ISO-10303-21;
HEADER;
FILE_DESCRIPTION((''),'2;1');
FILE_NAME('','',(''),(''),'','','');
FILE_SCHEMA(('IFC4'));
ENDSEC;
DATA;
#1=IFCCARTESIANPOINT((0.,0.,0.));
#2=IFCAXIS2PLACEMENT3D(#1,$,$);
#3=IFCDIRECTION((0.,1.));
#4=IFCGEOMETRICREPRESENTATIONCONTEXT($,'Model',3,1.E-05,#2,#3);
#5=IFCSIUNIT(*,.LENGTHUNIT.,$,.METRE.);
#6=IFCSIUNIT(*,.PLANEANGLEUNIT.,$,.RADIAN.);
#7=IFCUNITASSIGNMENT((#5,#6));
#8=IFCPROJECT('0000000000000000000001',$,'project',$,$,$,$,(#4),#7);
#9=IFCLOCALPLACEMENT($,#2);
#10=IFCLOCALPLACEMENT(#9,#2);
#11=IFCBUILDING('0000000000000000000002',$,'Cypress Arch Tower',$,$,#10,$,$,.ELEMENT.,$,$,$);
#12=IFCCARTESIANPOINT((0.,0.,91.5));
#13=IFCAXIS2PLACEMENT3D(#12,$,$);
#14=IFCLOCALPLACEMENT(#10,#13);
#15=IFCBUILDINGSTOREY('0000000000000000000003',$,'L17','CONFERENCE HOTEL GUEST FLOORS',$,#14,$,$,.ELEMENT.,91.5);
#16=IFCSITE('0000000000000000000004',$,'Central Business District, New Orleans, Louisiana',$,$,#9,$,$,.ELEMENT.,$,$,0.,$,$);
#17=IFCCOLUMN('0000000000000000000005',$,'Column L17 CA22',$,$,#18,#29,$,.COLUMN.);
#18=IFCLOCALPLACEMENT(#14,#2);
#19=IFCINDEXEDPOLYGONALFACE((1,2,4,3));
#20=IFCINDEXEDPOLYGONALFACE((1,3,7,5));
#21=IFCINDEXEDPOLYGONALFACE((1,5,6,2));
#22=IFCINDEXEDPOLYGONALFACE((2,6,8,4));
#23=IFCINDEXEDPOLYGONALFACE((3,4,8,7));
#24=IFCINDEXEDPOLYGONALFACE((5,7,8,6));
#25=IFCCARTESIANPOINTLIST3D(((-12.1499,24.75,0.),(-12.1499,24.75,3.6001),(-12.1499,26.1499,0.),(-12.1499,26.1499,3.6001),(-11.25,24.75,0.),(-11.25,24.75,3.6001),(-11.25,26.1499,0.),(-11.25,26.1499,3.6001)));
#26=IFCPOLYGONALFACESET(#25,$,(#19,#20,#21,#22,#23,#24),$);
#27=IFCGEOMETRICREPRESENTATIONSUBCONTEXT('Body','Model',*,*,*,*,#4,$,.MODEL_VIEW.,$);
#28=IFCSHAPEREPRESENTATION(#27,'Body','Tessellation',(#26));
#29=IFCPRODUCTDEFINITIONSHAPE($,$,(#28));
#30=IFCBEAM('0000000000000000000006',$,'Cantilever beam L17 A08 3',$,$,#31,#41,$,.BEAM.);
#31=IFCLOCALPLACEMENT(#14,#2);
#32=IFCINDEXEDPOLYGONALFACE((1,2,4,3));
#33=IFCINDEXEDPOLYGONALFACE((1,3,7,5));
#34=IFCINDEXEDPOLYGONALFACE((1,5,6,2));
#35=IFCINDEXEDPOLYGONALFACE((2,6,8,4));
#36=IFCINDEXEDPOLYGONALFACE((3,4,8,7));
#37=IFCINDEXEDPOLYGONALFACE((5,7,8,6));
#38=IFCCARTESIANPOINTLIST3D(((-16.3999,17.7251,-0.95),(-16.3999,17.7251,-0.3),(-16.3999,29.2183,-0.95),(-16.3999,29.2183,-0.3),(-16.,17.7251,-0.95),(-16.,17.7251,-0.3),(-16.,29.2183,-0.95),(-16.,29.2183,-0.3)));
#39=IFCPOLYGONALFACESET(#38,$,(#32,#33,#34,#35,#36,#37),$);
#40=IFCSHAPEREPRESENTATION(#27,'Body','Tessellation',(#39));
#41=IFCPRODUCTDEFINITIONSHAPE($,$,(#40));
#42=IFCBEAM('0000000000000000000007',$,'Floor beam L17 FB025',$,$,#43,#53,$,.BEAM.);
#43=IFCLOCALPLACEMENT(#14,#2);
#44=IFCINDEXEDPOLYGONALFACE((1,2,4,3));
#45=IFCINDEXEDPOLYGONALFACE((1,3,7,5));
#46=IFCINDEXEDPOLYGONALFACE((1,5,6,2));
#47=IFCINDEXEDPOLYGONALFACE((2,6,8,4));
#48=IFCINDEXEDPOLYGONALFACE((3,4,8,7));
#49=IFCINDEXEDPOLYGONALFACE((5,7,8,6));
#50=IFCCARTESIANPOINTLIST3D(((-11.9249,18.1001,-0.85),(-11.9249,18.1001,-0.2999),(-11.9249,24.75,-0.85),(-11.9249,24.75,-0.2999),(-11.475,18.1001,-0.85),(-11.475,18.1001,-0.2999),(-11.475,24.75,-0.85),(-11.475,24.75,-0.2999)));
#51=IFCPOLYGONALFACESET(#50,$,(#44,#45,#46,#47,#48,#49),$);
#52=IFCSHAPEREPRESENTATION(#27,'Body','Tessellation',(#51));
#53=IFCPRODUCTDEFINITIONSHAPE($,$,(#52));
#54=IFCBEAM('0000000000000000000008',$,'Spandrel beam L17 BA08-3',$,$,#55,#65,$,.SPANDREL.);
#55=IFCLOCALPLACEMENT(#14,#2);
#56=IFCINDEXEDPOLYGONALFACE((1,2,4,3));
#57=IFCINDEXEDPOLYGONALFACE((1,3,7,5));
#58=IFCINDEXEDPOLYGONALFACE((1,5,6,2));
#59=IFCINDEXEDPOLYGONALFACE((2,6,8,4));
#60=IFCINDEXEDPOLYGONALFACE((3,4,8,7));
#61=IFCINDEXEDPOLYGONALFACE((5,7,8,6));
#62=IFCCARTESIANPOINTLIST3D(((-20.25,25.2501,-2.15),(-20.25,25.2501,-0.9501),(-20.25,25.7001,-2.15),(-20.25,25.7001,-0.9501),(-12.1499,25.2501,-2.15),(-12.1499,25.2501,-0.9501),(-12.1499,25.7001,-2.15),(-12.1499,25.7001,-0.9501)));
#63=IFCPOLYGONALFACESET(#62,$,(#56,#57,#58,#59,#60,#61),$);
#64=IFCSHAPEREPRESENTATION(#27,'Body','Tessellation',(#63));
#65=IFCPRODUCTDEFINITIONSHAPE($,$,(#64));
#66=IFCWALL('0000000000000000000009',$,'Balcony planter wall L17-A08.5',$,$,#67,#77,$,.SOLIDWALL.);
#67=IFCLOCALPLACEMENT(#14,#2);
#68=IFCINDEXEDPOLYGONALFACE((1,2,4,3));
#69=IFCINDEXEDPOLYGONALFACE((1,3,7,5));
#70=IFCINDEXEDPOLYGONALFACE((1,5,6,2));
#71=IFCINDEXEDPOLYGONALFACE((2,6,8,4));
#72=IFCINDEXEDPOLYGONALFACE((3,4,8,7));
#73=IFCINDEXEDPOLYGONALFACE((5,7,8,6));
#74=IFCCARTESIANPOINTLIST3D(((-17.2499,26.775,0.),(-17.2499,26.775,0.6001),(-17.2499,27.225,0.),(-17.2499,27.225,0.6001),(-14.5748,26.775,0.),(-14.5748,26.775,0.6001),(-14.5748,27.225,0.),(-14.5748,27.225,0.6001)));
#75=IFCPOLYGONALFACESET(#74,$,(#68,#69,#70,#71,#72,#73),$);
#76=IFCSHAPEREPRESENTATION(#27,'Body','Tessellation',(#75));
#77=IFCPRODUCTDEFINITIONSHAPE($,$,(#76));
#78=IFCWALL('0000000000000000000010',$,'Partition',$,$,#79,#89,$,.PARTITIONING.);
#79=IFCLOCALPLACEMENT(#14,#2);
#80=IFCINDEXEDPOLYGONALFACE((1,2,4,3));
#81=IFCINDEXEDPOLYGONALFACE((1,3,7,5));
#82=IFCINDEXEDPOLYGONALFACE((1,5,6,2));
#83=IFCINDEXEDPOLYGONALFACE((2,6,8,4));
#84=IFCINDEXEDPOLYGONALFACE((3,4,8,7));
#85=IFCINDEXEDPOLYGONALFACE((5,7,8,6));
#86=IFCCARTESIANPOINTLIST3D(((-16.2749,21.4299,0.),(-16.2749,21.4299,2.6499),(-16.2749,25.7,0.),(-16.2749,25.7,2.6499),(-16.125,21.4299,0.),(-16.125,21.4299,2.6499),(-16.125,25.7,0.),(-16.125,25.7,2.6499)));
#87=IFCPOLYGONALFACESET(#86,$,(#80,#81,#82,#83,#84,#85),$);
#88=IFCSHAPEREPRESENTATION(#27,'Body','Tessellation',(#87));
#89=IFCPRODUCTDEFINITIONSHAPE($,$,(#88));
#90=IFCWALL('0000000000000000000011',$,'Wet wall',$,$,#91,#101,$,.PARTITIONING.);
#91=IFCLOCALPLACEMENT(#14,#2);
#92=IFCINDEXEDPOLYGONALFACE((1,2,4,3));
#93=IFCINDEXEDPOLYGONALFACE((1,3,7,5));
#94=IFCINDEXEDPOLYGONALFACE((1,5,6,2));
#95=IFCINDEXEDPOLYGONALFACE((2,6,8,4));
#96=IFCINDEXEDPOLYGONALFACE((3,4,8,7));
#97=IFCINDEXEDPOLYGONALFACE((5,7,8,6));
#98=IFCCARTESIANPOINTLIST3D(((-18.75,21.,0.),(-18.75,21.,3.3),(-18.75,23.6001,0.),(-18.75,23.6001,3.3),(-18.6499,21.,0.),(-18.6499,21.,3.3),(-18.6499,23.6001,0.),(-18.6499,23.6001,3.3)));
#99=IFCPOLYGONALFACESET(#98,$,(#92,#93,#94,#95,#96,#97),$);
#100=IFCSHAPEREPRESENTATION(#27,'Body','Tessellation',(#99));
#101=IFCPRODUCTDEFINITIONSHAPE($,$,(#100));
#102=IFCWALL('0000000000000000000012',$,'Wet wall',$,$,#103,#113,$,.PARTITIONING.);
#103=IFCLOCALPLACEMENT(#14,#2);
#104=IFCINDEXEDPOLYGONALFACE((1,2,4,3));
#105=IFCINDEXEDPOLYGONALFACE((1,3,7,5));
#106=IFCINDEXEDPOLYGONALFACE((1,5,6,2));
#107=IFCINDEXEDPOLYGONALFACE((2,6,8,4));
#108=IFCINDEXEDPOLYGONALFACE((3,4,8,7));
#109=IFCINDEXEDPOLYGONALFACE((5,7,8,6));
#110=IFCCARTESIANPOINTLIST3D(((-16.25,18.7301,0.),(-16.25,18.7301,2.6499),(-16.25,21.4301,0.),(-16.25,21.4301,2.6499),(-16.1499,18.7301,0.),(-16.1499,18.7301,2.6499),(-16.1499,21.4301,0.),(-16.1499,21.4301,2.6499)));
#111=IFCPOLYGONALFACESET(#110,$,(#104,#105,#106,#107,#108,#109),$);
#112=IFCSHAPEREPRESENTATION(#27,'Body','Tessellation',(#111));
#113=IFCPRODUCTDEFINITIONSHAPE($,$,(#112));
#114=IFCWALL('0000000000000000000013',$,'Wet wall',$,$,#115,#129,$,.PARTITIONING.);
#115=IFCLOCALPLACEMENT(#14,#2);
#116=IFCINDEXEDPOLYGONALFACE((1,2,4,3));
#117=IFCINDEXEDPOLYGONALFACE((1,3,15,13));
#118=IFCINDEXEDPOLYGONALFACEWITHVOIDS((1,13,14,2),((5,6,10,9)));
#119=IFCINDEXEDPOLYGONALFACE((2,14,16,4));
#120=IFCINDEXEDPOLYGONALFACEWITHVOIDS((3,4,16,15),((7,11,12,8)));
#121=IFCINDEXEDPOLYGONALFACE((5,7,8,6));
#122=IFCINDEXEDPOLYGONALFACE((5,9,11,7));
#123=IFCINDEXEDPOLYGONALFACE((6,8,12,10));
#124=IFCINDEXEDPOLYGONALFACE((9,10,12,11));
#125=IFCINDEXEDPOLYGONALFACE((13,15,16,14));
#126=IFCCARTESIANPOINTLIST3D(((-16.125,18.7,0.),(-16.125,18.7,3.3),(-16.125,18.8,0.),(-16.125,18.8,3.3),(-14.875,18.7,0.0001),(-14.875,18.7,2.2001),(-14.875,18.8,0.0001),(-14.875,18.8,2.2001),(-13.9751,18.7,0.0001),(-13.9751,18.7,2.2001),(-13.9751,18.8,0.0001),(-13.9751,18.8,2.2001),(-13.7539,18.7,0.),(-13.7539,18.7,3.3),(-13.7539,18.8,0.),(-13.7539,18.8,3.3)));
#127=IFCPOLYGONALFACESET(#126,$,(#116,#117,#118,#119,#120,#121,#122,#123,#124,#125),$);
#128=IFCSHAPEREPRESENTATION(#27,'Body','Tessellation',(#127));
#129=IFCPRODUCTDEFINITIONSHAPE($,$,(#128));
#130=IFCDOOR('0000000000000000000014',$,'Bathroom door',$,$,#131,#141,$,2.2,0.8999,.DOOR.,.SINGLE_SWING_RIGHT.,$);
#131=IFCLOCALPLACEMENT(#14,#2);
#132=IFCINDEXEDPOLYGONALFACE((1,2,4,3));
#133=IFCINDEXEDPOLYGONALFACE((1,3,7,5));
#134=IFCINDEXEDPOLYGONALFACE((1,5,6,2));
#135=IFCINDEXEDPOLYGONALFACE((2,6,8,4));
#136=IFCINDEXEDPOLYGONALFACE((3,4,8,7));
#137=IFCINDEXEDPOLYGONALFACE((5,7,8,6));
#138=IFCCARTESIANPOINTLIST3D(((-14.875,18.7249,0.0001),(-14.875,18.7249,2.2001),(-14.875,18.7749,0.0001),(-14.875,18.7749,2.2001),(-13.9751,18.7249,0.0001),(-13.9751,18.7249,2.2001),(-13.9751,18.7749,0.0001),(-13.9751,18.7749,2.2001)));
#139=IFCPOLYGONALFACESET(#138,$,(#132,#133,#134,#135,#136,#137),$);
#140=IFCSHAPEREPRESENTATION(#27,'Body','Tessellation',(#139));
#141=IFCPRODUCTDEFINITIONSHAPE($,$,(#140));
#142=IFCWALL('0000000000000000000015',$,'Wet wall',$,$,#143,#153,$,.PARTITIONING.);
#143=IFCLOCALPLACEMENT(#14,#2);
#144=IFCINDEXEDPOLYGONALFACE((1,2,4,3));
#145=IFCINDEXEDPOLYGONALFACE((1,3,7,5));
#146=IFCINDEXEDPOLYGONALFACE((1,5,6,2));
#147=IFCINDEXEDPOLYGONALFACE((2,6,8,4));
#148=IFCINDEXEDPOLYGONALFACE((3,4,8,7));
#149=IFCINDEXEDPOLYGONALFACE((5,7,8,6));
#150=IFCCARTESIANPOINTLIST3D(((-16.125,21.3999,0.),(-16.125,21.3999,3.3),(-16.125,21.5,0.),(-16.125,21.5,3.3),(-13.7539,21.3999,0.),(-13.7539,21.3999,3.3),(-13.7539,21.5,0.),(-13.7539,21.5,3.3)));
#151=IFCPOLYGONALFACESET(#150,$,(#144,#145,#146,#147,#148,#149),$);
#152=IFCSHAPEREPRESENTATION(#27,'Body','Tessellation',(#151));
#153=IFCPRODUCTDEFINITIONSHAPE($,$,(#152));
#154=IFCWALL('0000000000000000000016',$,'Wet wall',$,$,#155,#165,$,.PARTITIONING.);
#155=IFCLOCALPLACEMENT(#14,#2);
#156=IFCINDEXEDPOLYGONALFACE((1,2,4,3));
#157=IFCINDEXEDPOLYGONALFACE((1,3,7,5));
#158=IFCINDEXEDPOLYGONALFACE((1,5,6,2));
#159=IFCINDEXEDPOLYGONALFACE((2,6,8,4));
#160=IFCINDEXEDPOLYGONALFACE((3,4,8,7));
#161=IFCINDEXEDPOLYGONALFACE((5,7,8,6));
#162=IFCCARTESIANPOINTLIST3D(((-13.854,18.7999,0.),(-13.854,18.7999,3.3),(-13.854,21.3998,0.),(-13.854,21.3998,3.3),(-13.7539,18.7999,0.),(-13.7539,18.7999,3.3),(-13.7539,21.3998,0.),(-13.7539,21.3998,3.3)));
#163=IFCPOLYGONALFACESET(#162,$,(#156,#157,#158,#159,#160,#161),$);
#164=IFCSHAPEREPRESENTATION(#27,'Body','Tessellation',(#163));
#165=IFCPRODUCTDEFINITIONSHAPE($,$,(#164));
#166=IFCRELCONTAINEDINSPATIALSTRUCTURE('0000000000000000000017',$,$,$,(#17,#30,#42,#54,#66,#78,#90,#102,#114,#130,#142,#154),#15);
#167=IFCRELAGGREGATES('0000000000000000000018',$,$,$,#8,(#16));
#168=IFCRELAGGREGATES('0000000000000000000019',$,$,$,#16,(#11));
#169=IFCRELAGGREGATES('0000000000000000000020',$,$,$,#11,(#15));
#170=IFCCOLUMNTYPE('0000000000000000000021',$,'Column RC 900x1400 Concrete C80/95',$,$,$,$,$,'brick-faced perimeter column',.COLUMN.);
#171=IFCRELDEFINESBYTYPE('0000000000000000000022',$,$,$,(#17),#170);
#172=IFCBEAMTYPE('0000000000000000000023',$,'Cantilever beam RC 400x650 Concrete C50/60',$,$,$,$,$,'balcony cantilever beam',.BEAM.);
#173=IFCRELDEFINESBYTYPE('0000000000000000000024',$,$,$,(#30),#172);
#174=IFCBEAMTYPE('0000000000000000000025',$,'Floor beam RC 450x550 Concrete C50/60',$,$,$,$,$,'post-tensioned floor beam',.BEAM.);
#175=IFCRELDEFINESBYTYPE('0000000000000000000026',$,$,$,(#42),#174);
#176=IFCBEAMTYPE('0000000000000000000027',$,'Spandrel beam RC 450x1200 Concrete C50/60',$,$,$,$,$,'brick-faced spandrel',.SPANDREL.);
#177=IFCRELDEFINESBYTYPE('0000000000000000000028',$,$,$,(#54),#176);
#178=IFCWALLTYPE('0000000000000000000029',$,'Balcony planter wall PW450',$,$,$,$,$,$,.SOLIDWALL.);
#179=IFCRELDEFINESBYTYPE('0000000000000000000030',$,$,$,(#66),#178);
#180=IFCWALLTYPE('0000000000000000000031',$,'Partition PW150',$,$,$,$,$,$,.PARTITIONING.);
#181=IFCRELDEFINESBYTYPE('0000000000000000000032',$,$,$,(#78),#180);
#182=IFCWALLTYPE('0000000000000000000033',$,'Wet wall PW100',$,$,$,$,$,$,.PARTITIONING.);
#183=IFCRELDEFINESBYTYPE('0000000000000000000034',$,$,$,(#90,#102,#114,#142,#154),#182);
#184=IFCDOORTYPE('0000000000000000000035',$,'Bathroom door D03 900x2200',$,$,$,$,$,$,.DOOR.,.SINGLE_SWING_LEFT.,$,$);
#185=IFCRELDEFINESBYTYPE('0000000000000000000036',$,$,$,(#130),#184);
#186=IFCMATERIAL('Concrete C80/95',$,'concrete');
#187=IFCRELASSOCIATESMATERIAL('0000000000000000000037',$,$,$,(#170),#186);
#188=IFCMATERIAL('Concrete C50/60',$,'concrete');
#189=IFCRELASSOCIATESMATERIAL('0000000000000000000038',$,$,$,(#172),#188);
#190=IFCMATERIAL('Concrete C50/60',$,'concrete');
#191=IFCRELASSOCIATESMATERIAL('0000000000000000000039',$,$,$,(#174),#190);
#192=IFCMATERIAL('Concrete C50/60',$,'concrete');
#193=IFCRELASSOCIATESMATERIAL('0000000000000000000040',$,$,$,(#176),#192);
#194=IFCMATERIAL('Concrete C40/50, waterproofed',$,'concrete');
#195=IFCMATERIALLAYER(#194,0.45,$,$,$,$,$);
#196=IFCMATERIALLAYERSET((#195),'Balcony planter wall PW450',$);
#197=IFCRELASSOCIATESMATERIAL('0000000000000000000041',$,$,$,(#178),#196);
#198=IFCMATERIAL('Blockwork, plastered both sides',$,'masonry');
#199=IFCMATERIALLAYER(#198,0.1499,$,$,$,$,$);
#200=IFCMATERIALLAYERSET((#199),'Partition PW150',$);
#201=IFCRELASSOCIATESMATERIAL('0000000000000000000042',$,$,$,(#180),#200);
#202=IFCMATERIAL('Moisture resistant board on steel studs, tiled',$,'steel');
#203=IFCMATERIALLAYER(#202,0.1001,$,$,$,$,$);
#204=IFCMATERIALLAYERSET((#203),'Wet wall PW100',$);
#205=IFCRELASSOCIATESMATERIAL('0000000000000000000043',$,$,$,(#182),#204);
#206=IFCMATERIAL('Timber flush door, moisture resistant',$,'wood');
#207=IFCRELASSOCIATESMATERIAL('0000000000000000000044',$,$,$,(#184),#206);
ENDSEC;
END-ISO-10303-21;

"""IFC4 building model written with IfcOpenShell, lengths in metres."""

from ifc_helpers import new_model, si_unit, direction, frame, frame_2d, origin, origin_2d, place, context, subcontext, project, spatial, rectangle, extrude, material, layer, layer_set, material_profile, profile_set, type_object, element, fill, save


model = new_model("IFC4")

# Units and contexts
model_context = context("Model", 3, precision=1e-05, world=origin(), true_north=direction((0.0, 1.0)))
body_context = subcontext(model_context, "Body", "Model", "MODEL_VIEW")
ifc_project = project(units=[si_unit("LENGTHUNIT", "METRE"), si_unit("PLANEANGLEUNIT", "RADIAN")], contexts=[model_context])

# Site, building, storey
site_placement = place(None, origin())
site = spatial("IfcSite", under=ifc_project, at=site_placement, Name="Central Business District, New Orleans, Louisiana", CompositionType="ELEMENT", RefElevation=0.0)
building_placement = place(site_placement, origin())
building = spatial("IfcBuilding", under=site, at=building_placement, Name="Cypress Arch Tower", CompositionType="ELEMENT")
storey_placement = place(building_placement, frame((0.0, 0.0, 91.5)))
storey = spatial("IfcBuildingStorey", under=building, at=storey_placement, Name="L17", Description="CONFERENCE HOTEL GUEST FLOORS", CompositionType="ELEMENT", Elevation=91.5)

# Column
ifc_material_1 = material(Name="Concrete C80/95", Category="concrete")
ifc_material_profile_1 = material_profile(ifc_material_1, rectangle(XDim=0.8999, YDim=1.3999, at=origin_2d()), Name="RC 900x1400")
ifc_profile_set_1 = profile_set([ifc_material_profile_1], Name="Concrete C80/95")
column_type = type_object("IfcColumnType", Name="Column RC 900x1400 Concrete C80/95", ElementType="brick-faced perimeter column", PredefinedType="COLUMN", material=ifc_profile_set_1)
column_placement = place(storey_placement, frame((-11.7, 25.45, 0.0), z_axis=(0.0, 0.0, 1.0), x_axis=(-1.0, 0.0, 0.0)))
element("IfcColumn", 1, at=column_placement, inside=storey, type_object=column_type, Name="Column L17 CA22", PredefinedType="COLUMN", context=body_context, shape_type="SweptSolid", body=[
    extrude(rectangle(XDim=0.8999, YDim=1.3999, at=origin_2d()), origin(), (0.0, 0.0, 1.0), 3.6001),
])

# Beams
ifc_material_2 = material(Name="Concrete C50/60", Category="concrete")
ifc_material_profile_2 = material_profile(ifc_material_2, rectangle(XDim=0.3999, YDim=0.6499, at=origin_2d()), Name="RC 400x650")
ifc_profile_set_2 = profile_set([ifc_material_profile_2], Name="Concrete C50/60")
beam_type_1 = type_object("IfcBeamType", Name="Cantilever beam RC 400x650 Concrete C50/60", ElementType="balcony cantilever beam", PredefinedType="BEAM", material=ifc_profile_set_2)
beam_1_placement = place(storey_placement, frame((-16.2, 17.7251, -0.625), z_axis=(0.0, 1.0, 0.0), x_axis=(-1.0, 0.0, 0.0)))
element("IfcBeam", 2, at=beam_1_placement, inside=storey, type_object=beam_type_1, Name="Cantilever beam L17 A08 3", PredefinedType="BEAM", context=body_context, shape_type="SweptSolid", body=[
    extrude(rectangle(XDim=0.3999, YDim=0.6499, at=origin_2d()), origin(), (0.0, 0.0, 1.0), 11.4932),
])
ifc_material_3 = material(Name="Concrete C50/60", Category="concrete")
ifc_material_profile_3 = material_profile(ifc_material_3, rectangle(XDim=0.45, YDim=0.55, at=origin_2d()), Name="RC 450x550")
ifc_profile_set_3 = profile_set([ifc_material_profile_3], Name="Concrete C50/60")
beam_type_2 = type_object("IfcBeamType", Name="Floor beam RC 450x550 Concrete C50/60", ElementType="post-tensioned floor beam", PredefinedType="BEAM", material=ifc_profile_set_3)
beam_2_placement = place(storey_placement, frame((-11.7, 18.1001, -0.575), z_axis=(0.0, 1.0, 0.0), x_axis=(-1.0, 0.0, 0.0)))
element("IfcBeam", 3, at=beam_2_placement, inside=storey, type_object=beam_type_2, Name="Floor beam L17 FB025", PredefinedType="BEAM", context=body_context, shape_type="SweptSolid", body=[
    extrude(rectangle(XDim=0.45, YDim=0.55, at=origin_2d()), origin(), (0.0, 0.0, 1.0), 6.6499),
])
ifc_material_4 = material(Name="Concrete C50/60", Category="concrete")
ifc_material_profile_4 = material_profile(ifc_material_4, rectangle(XDim=0.45, YDim=1.2, at=origin_2d()), Name="RC 450x1200")
ifc_profile_set_4 = profile_set([ifc_material_profile_4], Name="Concrete C50/60")
beam_type_3 = type_object("IfcBeamType", Name="Spandrel beam RC 450x1200 Concrete C50/60", ElementType="brick-faced spandrel", PredefinedType="SPANDREL", material=ifc_profile_set_4)
beam_3_placement = place(storey_placement, frame((-12.1499, 25.4751, -1.55), z_axis=(-1.0, 0.0, 0.0), x_axis=(0.0, -1.0, 0.0)))
element("IfcBeam", 4, at=beam_3_placement, inside=storey, type_object=beam_type_3, Name="Spandrel beam L17 BA08-3", PredefinedType="SPANDREL", context=body_context, shape_type="SweptSolid", body=[
    extrude(rectangle(XDim=0.45, YDim=1.2, at=origin_2d()), origin(), (0.0, 0.0, 1.0), 8.1001),
])

# Wall
ifc_material_5 = material(Name="Concrete C40/50, waterproofed", Category="concrete")
ifc_layer_1 = layer(ifc_material_5, 0.45)
ifc_layer_set_1 = layer_set([ifc_layer_1], Name="Balcony planter wall PW450")
wall_type_1 = type_object("IfcWallType", Name="Balcony planter wall PW450", PredefinedType="SOLIDWALL", material=ifc_layer_set_1)
wall_1_placement = place(storey_placement, frame((-14.575, 27.0, 0.0), z_axis=(0.0, 0.0, 1.0), x_axis=(-1.0, 0.0, 0.0)))
element("IfcWall", 5, at=wall_1_placement, inside=storey, type_object=wall_type_1, Name="Balcony planter wall L17-A08.5", PredefinedType="SOLIDWALL", context=body_context, shape_type="SweptSolid", body=[
    extrude(rectangle(XDim=2.675, YDim=0.45, at=frame_2d((1.3374, 0.0))), origin(), (0.0, 0.0, 1.0), 0.6001),
])

# Walls
ifc_material_6 = material(Name="Blockwork, plastered both sides", Category="masonry")
ifc_layer_2 = layer(ifc_material_6, 0.1499)
ifc_layer_set_2 = layer_set([ifc_layer_2], Name="Partition PW150")
wall_type_2 = type_object("IfcWallType", Name="Partition PW150", PredefinedType="PARTITIONING", material=ifc_layer_set_2)
wall_2_placement = place(storey_placement, frame((-16.2, 21.4299, 0.0), z_axis=(0.0, 0.0, 1.0), x_axis=(0.0, 1.0, 0.0)))
element("IfcWall", 6, at=wall_2_placement, inside=storey, type_object=wall_type_2, Name="Partition", PredefinedType="PARTITIONING", context=body_context, shape_type="SweptSolid", body=[
    extrude(rectangle(XDim=4.27, YDim=0.1499, at=frame_2d((2.135, 0.0))), origin(), (0.0, 0.0, 1.0), 2.6499),
])
ifc_material_7 = material(Name="Moisture resistant board on steel studs, tiled", Category="steel")
ifc_layer_3 = layer(ifc_material_7, 0.1001)
ifc_layer_set_3 = layer_set([ifc_layer_3], Name="Wet wall PW100")
wall_type_3 = type_object("IfcWallType", Name="Wet wall PW100", PredefinedType="PARTITIONING", material=ifc_layer_set_3)
wall_3_placement = place(storey_placement, frame((-18.7, 21.0, 0.0), z_axis=(0.0, 0.0, 1.0), x_axis=(0.0, 1.0, 0.0)))
element("IfcWall", 7, at=wall_3_placement, inside=storey, type_object=wall_type_3, Name="Wet wall", PredefinedType="PARTITIONING", context=body_context, shape_type="SweptSolid", body=[
    extrude(rectangle(XDim=2.6001, YDim=0.1001, at=frame_2d((1.3, 0.0))), origin(), (0.0, 0.0, 1.0), 3.3),
])
wall_4_placement = place(storey_placement, frame((-16.2, 18.73, 0.0), z_axis=(0.0, 0.0, 1.0), x_axis=(0.0, 1.0, 0.0)))
element("IfcWall", 8, at=wall_4_placement, inside=storey, type_object=wall_type_3, Name="Wet wall", PredefinedType="PARTITIONING", context=body_context, shape_type="SweptSolid", body=[
    extrude(rectangle(XDim=2.7, YDim=0.1001, at=frame_2d((1.3501, 0.0))), origin(), (0.0, 0.0, 1.0), 2.6499),
])

# Wall, opening, door
wall_5_placement = place(storey_placement, frame((-16.125, 18.75, 0.0), z_axis=(0.0, 0.0, 1.0), x_axis=(1.0, 0.0, 0.0)))
wall_5 = element("IfcWall", 9, at=wall_5_placement, inside=storey, type_object=wall_type_3, Name="Wet wall", PredefinedType="PARTITIONING", context=body_context, shape_type="SweptSolid", body=[
    extrude(rectangle(XDim=2.3711, YDim=0.1001, at=frame_2d((1.1855, 0.0))), origin(), (0.0, 0.0, 1.0), 3.3),
])
opening_1_placement = place(wall_5_placement, frame((1.25, 0.0, 0.0)))
opening_1 = element("IfcOpeningElement", 10, at=opening_1_placement, cuts=wall_5, PredefinedType="OPENING", context=body_context, shape_type="SweptSolid", body=[
    extrude(rectangle(XDim=0.8999, YDim=2.2, at=frame_2d((0.45, 1.1001))), frame((0.0, 0.0601, 0.0), z_axis=(0.0, -1.0, 0.0), x_axis=(1.0, 0.0, 0.0)), (0.0, 0.0, 1.0), 0.1201),
])
ifc_material_8 = material(Name="Timber flush door, moisture resistant", Category="wood")
door_type_1 = type_object("IfcDoorType", Name="Bathroom door D03 900x2200", OperationType="SINGLE_SWING_LEFT", PredefinedType="DOOR", material=ifc_material_8)
door_1_placement = place(opening_1_placement, origin())
door_1 = element("IfcDoor", 11, at=door_1_placement, inside=storey, type_object=door_type_1, Name="Bathroom door", OperationType="SINGLE_SWING_RIGHT", OverallHeight=2.2, OverallWidth=0.8999, PredefinedType="DOOR", context=body_context, shape_type="SweptSolid", body=[
    extrude(rectangle(XDim=0.8999, YDim=2.2, at=frame_2d((0.45, 1.1001))), frame((0.0, 0.0249, 0.0), z_axis=(0.0, -1.0, 0.0), x_axis=(1.0, 0.0, 0.0)), (0.0, 0.0, 1.0), 0.05),
])
fill(opening_1, door_1)

# Walls
wall_6_placement = place(storey_placement, frame((-16.125, 21.45, 0.0), z_axis=(0.0, 0.0, 1.0), x_axis=(1.0, 0.0, 0.0)))
element("IfcWall", 12, at=wall_6_placement, inside=storey, type_object=wall_type_3, Name="Wet wall", PredefinedType="PARTITIONING", context=body_context, shape_type="SweptSolid", body=[
    extrude(rectangle(XDim=2.3711, YDim=0.1001, at=frame_2d((1.1855, 0.0))), origin(), (0.0, 0.0, 1.0), 3.3),
])
wall_7_placement = place(storey_placement, frame((-13.804, 18.8, 0.0), z_axis=(0.0, 0.0, 1.0), x_axis=(0.0, 1.0, 0.0)))
element("IfcWall", 13, at=wall_7_placement, inside=storey, type_object=wall_type_3, Name="Wet wall", PredefinedType="PARTITIONING", context=body_context, shape_type="SweptSolid", body=[
    extrude(rectangle(XDim=2.5999, YDim=0.1001, at=frame_2d((1.2998, 0.0))), origin(), (0.0, 0.0, 1.0), 3.3),
])

save(model, "model.ifc")
